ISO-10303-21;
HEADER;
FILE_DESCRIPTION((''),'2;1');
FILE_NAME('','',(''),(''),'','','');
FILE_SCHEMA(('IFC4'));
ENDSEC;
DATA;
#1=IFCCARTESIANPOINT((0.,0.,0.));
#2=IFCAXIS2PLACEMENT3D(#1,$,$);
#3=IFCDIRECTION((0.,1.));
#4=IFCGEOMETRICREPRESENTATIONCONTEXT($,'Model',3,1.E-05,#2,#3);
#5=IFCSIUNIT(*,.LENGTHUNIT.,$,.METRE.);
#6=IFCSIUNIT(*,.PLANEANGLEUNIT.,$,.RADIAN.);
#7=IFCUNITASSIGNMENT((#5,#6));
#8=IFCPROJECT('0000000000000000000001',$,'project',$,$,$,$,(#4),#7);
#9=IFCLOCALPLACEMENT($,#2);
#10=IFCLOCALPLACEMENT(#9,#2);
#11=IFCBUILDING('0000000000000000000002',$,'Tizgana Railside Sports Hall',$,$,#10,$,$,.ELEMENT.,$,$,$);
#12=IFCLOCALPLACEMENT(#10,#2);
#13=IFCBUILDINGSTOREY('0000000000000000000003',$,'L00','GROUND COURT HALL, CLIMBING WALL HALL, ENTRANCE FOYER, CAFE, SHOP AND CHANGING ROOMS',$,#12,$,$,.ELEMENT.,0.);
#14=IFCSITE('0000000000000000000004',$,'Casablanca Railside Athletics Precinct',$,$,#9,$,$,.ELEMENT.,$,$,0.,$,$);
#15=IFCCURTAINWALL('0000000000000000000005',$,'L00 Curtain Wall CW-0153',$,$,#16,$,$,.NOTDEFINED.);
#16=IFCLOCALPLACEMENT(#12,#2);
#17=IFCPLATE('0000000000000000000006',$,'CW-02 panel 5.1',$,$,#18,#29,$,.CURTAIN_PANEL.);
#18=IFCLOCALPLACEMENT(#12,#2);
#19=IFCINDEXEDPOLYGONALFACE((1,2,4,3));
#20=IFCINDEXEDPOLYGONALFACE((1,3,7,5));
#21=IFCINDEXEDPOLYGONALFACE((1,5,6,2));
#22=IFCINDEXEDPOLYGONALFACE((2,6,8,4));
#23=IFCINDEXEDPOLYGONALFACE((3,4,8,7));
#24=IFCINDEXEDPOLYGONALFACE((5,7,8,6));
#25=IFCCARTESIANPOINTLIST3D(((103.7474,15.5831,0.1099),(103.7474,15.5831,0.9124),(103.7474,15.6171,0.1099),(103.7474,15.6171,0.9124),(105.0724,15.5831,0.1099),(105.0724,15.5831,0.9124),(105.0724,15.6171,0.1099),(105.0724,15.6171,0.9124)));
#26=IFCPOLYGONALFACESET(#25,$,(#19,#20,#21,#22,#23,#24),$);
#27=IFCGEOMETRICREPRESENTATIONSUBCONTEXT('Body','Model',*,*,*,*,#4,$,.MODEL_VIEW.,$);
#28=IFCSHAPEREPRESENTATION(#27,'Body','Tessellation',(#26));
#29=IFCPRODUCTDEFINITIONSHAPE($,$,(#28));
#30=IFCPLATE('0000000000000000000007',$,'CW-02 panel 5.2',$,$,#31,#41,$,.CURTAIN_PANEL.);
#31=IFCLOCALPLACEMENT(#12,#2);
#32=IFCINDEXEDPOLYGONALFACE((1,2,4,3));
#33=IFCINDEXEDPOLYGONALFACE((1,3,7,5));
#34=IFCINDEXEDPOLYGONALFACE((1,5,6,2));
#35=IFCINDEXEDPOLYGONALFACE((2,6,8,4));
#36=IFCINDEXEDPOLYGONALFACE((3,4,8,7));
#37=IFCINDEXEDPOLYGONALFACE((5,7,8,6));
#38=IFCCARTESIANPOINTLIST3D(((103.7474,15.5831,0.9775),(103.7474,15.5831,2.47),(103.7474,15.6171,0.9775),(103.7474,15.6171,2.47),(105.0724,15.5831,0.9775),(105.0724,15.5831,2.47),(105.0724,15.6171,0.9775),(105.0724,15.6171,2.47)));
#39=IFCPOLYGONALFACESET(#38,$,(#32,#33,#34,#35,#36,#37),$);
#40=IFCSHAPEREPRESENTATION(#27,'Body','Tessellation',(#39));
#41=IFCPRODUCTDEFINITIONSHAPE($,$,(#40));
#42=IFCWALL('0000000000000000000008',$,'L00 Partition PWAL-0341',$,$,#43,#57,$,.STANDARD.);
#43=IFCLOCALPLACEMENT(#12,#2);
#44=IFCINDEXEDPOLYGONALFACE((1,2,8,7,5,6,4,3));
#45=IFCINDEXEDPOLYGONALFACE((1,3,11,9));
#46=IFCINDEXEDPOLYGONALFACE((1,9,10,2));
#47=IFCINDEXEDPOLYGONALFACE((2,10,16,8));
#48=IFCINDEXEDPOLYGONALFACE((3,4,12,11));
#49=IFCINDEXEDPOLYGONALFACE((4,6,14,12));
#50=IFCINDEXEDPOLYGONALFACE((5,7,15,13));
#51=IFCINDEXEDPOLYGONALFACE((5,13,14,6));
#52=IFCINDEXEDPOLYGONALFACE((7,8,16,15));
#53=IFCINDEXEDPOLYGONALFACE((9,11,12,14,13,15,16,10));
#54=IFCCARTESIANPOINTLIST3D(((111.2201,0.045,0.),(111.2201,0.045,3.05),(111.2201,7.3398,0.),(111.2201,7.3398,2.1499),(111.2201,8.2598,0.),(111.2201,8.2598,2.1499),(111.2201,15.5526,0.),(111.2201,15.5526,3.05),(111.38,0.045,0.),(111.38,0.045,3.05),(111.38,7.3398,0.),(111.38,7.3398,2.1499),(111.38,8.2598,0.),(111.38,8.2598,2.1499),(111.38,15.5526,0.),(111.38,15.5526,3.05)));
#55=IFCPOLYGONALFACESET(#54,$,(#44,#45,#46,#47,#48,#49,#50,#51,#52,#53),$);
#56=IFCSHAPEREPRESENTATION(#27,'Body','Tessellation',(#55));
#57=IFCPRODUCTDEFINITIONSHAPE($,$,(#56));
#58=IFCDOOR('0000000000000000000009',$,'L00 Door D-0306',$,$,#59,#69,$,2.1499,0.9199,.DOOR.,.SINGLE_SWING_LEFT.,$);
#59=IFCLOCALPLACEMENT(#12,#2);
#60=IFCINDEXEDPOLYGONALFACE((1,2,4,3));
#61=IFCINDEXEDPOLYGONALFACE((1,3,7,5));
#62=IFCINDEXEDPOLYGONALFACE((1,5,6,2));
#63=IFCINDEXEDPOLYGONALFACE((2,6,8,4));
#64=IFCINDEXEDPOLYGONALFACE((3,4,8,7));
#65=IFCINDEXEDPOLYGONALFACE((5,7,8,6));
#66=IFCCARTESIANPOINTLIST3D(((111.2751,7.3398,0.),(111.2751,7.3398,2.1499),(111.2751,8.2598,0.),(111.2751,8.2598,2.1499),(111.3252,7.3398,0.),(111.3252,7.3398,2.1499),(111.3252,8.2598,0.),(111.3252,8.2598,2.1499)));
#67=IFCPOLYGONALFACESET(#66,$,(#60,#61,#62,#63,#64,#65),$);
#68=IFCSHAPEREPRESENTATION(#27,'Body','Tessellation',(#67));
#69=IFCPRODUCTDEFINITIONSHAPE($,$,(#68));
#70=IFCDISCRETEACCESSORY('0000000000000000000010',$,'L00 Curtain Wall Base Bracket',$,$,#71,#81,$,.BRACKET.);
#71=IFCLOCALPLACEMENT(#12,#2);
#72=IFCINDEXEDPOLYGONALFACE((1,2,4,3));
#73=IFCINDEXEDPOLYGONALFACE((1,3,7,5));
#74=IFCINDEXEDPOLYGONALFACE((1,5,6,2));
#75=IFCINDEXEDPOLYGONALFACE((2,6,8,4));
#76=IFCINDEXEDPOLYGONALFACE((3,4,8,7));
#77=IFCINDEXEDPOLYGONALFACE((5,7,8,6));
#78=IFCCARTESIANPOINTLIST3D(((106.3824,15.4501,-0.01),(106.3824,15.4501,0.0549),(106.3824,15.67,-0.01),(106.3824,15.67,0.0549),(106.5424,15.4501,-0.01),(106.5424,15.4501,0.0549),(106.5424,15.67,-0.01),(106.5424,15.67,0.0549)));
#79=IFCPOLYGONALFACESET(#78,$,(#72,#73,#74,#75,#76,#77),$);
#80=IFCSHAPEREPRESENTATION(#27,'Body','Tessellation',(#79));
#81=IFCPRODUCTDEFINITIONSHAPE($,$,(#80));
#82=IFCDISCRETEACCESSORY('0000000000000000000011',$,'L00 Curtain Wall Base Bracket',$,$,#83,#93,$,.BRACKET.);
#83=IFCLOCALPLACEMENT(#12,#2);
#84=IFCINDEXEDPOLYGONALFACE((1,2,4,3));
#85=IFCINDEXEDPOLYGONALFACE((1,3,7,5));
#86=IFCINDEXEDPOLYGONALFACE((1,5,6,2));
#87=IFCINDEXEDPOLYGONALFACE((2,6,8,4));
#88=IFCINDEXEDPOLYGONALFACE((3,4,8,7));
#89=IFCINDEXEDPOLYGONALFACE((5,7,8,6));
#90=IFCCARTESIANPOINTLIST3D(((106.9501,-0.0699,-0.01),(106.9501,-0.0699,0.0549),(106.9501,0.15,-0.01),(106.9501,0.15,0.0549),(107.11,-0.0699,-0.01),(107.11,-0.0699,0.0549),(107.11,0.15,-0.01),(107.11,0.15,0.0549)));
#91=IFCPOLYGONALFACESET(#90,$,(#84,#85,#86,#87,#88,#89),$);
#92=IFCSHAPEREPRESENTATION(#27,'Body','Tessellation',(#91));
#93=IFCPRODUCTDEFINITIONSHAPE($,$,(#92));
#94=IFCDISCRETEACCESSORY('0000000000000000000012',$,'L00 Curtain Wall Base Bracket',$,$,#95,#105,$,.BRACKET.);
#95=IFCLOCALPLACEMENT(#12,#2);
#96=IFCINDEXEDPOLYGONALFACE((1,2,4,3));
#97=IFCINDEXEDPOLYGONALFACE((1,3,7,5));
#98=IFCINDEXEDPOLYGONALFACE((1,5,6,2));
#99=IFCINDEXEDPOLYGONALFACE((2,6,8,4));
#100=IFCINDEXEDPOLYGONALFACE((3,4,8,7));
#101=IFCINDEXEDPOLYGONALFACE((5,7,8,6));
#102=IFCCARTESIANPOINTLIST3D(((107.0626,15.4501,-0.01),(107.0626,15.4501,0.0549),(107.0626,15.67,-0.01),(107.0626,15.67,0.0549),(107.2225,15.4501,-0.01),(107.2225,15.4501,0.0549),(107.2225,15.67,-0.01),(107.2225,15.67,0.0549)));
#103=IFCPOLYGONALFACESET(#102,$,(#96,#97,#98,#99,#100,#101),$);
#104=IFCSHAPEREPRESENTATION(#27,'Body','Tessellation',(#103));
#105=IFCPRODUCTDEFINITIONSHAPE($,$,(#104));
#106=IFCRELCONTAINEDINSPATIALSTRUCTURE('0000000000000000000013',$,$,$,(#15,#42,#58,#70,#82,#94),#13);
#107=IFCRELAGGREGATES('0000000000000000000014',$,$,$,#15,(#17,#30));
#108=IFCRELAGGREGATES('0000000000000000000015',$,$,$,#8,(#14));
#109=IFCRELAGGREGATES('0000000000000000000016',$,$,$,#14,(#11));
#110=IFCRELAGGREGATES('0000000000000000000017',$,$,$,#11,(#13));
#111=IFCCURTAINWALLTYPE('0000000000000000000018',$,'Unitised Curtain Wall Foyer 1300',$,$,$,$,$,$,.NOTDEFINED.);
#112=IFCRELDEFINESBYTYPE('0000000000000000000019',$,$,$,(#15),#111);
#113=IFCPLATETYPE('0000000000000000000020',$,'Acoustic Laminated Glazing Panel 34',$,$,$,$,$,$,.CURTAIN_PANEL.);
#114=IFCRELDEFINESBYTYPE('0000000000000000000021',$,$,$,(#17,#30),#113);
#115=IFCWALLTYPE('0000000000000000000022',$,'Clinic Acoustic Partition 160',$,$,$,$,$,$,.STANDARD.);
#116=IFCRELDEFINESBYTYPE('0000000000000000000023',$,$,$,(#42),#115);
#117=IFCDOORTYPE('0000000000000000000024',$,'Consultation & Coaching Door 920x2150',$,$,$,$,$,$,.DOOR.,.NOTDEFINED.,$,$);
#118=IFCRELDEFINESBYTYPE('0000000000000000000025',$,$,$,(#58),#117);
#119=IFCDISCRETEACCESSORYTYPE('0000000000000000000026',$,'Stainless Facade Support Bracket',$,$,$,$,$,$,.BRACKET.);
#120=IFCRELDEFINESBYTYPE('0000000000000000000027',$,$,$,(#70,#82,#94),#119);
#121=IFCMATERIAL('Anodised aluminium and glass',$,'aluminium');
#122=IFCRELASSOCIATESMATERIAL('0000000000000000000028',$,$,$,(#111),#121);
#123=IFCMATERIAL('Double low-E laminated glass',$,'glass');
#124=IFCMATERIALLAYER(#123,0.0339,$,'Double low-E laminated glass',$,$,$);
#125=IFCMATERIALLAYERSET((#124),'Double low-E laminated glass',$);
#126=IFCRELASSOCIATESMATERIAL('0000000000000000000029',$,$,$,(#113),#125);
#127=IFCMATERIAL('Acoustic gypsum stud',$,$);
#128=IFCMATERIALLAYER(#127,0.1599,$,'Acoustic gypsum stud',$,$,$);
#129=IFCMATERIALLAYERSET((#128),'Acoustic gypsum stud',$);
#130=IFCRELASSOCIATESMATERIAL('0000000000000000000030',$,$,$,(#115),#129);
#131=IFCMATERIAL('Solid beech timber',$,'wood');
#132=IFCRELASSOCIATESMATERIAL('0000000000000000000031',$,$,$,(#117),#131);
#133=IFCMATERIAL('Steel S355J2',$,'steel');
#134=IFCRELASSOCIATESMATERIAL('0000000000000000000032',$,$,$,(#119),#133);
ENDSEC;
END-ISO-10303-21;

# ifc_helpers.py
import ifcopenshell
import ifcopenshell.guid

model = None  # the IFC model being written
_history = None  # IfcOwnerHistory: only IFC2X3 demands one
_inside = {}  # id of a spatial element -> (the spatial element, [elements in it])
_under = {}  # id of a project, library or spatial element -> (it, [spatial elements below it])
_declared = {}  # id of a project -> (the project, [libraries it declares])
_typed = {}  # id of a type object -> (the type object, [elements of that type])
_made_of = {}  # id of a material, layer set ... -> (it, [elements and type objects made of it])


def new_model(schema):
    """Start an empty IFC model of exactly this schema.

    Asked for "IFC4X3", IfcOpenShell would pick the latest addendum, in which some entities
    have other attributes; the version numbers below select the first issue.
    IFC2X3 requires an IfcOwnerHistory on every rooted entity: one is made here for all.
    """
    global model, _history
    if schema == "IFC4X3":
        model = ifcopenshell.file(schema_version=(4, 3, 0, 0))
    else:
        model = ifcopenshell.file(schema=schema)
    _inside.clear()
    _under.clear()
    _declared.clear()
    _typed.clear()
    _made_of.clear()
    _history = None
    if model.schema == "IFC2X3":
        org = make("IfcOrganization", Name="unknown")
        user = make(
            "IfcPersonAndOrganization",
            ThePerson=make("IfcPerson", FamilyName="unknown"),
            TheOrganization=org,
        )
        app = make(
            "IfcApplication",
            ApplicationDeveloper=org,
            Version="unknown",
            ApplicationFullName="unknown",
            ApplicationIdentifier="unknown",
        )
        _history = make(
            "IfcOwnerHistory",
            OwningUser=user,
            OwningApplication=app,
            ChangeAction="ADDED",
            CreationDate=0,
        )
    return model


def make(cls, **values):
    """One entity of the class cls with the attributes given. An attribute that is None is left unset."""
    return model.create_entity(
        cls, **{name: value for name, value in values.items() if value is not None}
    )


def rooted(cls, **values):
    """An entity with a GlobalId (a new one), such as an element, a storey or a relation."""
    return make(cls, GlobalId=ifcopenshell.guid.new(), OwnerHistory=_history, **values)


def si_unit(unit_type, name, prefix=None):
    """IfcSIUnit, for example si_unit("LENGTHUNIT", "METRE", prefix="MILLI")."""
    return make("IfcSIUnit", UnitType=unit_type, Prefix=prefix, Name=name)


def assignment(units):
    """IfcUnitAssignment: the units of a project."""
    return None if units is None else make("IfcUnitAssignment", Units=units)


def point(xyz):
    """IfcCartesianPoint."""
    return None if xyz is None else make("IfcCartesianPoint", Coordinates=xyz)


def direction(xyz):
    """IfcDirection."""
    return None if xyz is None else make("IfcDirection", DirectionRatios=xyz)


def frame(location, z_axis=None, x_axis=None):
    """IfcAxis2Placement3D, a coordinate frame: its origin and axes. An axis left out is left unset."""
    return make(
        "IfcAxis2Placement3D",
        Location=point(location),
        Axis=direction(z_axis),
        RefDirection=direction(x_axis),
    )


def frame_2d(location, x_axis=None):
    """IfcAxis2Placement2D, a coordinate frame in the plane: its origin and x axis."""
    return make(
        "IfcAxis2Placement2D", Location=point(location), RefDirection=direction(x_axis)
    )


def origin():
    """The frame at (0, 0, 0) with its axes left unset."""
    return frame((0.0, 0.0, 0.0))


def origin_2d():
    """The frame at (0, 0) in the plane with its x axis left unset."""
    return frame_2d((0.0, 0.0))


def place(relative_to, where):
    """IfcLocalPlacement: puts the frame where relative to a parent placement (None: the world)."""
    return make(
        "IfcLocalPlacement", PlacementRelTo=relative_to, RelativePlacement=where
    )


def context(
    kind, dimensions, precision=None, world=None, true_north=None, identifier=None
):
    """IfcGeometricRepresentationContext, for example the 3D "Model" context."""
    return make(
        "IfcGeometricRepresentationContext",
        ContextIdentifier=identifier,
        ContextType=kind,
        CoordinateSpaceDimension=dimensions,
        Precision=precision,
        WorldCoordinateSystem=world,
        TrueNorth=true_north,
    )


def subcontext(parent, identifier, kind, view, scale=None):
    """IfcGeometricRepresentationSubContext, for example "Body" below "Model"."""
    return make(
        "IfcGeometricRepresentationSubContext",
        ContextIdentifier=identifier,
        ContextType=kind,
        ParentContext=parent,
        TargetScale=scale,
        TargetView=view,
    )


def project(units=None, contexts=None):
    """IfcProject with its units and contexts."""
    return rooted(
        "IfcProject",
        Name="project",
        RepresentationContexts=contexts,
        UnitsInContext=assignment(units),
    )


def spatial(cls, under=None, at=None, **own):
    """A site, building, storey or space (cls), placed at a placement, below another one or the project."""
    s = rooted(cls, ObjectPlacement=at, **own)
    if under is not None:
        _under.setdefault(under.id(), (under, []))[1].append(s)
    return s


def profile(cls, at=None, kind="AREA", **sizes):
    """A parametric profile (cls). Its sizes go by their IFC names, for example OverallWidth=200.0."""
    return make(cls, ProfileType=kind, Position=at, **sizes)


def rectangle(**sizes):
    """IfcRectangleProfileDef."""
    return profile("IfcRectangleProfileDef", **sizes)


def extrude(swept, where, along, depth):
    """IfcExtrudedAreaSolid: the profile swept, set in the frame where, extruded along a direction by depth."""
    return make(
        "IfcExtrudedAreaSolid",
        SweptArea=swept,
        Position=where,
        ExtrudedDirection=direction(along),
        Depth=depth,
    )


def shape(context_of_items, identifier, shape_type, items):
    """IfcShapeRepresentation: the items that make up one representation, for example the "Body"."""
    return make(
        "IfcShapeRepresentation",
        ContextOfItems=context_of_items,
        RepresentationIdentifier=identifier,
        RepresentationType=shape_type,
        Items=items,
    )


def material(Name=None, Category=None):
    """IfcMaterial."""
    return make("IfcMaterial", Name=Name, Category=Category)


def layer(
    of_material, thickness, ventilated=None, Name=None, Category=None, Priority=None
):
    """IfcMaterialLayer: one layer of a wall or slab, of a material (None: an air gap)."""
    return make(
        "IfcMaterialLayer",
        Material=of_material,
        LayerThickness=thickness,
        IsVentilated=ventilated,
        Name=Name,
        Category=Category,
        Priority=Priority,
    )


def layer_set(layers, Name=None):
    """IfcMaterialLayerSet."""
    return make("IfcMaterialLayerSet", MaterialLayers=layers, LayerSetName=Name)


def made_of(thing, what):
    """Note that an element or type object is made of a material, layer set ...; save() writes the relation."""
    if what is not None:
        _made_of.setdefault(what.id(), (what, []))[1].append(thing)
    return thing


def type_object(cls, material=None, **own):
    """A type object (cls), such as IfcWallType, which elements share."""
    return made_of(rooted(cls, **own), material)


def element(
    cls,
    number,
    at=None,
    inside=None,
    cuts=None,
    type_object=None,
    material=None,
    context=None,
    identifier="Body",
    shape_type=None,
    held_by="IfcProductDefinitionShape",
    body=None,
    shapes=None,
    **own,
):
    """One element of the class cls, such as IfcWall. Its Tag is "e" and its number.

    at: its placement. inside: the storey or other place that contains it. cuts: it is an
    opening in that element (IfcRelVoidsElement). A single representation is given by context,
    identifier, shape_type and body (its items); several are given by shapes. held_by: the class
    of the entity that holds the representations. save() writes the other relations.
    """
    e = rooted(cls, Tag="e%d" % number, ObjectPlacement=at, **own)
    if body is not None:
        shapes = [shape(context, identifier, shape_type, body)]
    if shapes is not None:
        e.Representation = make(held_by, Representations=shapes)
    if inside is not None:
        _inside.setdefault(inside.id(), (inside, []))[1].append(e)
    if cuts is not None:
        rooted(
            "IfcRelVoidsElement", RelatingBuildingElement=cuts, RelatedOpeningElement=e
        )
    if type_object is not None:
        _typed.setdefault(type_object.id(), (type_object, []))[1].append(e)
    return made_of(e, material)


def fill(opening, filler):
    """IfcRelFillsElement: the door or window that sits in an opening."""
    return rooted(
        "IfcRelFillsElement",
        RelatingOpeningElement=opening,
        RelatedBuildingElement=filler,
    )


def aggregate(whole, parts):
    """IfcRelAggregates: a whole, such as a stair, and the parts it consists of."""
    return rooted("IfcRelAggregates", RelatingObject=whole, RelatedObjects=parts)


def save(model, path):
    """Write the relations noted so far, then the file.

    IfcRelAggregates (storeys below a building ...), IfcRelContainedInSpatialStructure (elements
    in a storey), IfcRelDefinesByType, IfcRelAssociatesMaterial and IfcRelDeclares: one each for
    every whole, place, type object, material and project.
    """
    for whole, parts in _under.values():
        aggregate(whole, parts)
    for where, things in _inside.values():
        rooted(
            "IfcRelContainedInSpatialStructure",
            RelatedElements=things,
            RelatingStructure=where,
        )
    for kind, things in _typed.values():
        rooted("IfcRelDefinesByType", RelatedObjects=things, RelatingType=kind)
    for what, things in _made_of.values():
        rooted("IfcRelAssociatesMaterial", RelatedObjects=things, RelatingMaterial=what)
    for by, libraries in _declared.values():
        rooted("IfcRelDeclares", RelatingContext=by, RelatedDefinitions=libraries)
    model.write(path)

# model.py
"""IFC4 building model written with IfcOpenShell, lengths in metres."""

from ifc_helpers import new_model, si_unit, direction, frame, frame_2d, origin, origin_2d, place, context, subcontext, project, spatial, rectangle, extrude, material, layer, layer_set, type_object, element, fill, aggregate, save


model = new_model("IFC4")

# Units and contexts
model_context = context("Model", 3, precision=1e-05, world=origin(), true_north=direction((0.0, 1.0)))
body_context = subcontext(model_context, "Body", "Model", "MODEL_VIEW")
ifc_project = project(units=[si_unit("LENGTHUNIT", "METRE"), si_unit("PLANEANGLEUNIT", "RADIAN")], contexts=[model_context])

# Site, building, storey
site_placement = place(None, origin())
site = spatial("IfcSite", under=ifc_project, at=site_placement, Name="Casablanca Railside Athletics Precinct", CompositionType="ELEMENT", RefElevation=0.0)
building_placement = place(site_placement, origin())
building = spatial("IfcBuilding", under=site, at=building_placement, Name="Tizgana Railside Sports Hall", CompositionType="ELEMENT")
storey_placement = place(building_placement, origin())
storey = spatial("IfcBuildingStorey", under=building, at=storey_placement, Name="L00", Description="GROUND COURT HALL, CLIMBING WALL HALL, ENTRANCE FOYER, CAFE, SHOP AND CHANGING ROOMS", CompositionType="ELEMENT", Elevation=0.0)

# Curtain wall
ifc_material_1 = material(Name="Anodised aluminium and glass", Category="aluminium")
curtain_wall_type = type_object("IfcCurtainWallType", Name="Unitised Curtain Wall Foyer 1300", PredefinedType="NOTDEFINED", material=ifc_material_1)
curtain_wall_placement = place(storey_placement, origin())
curtain_wall = element("IfcCurtainWall", 1, at=curtain_wall_placement, inside=storey, type_object=curtain_wall_type, Name="L00 Curtain Wall CW-0153", PredefinedType="NOTDEFINED")

# Shared definitions
ifc_material_2 = material(Name="Steel S355J2", Category="steel")

# Plates
ifc_material_3 = material(Name="Double low-E laminated glass", Category="glass")
ifc_layer_1 = layer(ifc_material_3, 0.0339, Name="Double low-E laminated glass")
ifc_layer_set_1 = layer_set([ifc_layer_1], Name="Double low-E laminated glass")
plate_type = type_object("IfcPlateType", Name="Acoustic Laminated Glazing Panel 34", PredefinedType="CURTAIN_PANEL", material=ifc_layer_set_1)
plate_1_placement = place(storey_placement, frame((104.4099, 15.6001, 0.1099), z_axis=(0.0, 0.0, 1.0), x_axis=(1.0, 0.0, 0.0)))
plate_1 = element("IfcPlate", 2, at=plate_1_placement, type_object=plate_type, Name="CW-02 panel 5.1", PredefinedType="CURTAIN_PANEL", context=body_context, shape_type="SweptSolid", body=[
    extrude(rectangle(XDim=1.325, YDim=0.0339, at=origin_2d()), origin(), (0.0, 0.0, 1.0), 0.8025),
])
plate_2_placement = place(storey_placement, frame((104.4099, 15.6001, 0.9775), z_axis=(0.0, 0.0, 1.0), x_axis=(1.0, 0.0, 0.0)))
plate_2 = element("IfcPlate", 3, at=plate_2_placement, type_object=plate_type, Name="CW-02 panel 5.2", PredefinedType="CURTAIN_PANEL", context=body_context, shape_type="SweptSolid", body=[
    extrude(rectangle(XDim=1.325, YDim=0.0339, at=origin_2d()), origin(), (0.0, 0.0, 1.0), 1.4924),
])
aggregate(curtain_wall, [plate_1, plate_2])

# Wall, opening, door
ifc_material_4 = material(Name="Acoustic gypsum stud")
ifc_layer_2 = layer(ifc_material_4, 0.1599, Name="Acoustic gypsum stud")
ifc_layer_set_2 = layer_set([ifc_layer_2], Name="Acoustic gypsum stud")
wall_type = type_object("IfcWallType", Name="Clinic Acoustic Partition 160", PredefinedType="STANDARD", material=ifc_layer_set_2)
wall_placement = place(storey_placement, frame((111.3, 0.0449, 0.0), z_axis=(0.0, 0.0, 1.0), x_axis=(0.0, 1.0, 0.0)))
wall = element("IfcWall", 4, at=wall_placement, inside=storey, type_object=wall_type, Name="L00 Partition PWAL-0341", PredefinedType="STANDARD", context=body_context, shape_type="SweptSolid", body=[
    extrude(rectangle(XDim=15.5076, YDim=0.1599, at=frame_2d((7.7539, 0.0))), origin(), (0.0, 0.0, 1.0), 3.05),
])
opening_placement = place(wall_placement, frame((7.2949, 0.0, 0.0)))
opening = element("IfcOpeningElement", 5, at=opening_placement, cuts=wall, PredefinedType="OPENING", context=body_context, shape_type="SweptSolid", body=[
    extrude(rectangle(XDim=0.9199, YDim=2.1499, at=frame_2d((0.46, 1.075))), frame((0.0, 0.0898, 0.0), z_axis=(0.0, -1.0, 0.0), x_axis=(1.0, 0.0, 0.0)), (0.0, 0.0, 1.0), 0.1799),
])
ifc_material_5 = material(Name="Solid beech timber", Category="wood")
door_type = type_object("IfcDoorType", Name="Consultation & Coaching Door 920x2150", OperationType="NOTDEFINED", PredefinedType="DOOR", material=ifc_material_5)
door_placement = place(opening_placement, origin())
door = element("IfcDoor", 6, at=door_placement, inside=storey, type_object=door_type, Name="L00 Door D-0306", OperationType="SINGLE_SWING_LEFT", OverallHeight=2.1499, OverallWidth=0.9199, PredefinedType="DOOR", context=body_context, shape_type="SweptSolid", body=[
    extrude(rectangle(XDim=0.9199, YDim=2.1499, at=frame_2d((0.46, 1.075))), frame((0.0, 0.0249, 0.0), z_axis=(0.0, -1.0, 0.0), x_axis=(1.0, 0.0, 0.0)), (0.0, 0.0, 1.0), 0.05),
])
fill(opening, door)

# Discrete accessories
discrete_accessory_type = type_object("IfcDiscreteAccessoryType", Name="Stainless Facade Support Bracket", PredefinedType="BRACKET", material=ifc_material_2)
for number, where, z_axis, x_axis, name in (
    (7, (106.4624, 15.5601, -0.01), (0.0, 0.0, 1.0), (1.0, 0.0, 0.0), "L00 Curtain Wall Base Bracket"),
    (8, (107.03, 0.04, -0.01), (0.0, 0.0, 1.0), (-1.0, 0.0, 0.0), "L00 Curtain Wall Base Bracket"),
    (9, (107.1426, 15.5601, -0.01), (0.0, 0.0, 1.0), (1.0, 0.0, 0.0), "L00 Curtain Wall Base Bracket"),
):
    element("IfcDiscreteAccessory", number, at=place(storey_placement, frame(where, z_axis=z_axis, x_axis=x_axis)), inside=storey, type_object=discrete_accessory_type, Name=name, PredefinedType="BRACKET", context=body_context, shape_type="SweptSolid", body=[
        extrude(rectangle(XDim=0.1599, YDim=0.22, at=origin_2d()), origin(), (0.0, 0.0, 1.0), 0.0649),
    ])

save(model, "model.ifc")
